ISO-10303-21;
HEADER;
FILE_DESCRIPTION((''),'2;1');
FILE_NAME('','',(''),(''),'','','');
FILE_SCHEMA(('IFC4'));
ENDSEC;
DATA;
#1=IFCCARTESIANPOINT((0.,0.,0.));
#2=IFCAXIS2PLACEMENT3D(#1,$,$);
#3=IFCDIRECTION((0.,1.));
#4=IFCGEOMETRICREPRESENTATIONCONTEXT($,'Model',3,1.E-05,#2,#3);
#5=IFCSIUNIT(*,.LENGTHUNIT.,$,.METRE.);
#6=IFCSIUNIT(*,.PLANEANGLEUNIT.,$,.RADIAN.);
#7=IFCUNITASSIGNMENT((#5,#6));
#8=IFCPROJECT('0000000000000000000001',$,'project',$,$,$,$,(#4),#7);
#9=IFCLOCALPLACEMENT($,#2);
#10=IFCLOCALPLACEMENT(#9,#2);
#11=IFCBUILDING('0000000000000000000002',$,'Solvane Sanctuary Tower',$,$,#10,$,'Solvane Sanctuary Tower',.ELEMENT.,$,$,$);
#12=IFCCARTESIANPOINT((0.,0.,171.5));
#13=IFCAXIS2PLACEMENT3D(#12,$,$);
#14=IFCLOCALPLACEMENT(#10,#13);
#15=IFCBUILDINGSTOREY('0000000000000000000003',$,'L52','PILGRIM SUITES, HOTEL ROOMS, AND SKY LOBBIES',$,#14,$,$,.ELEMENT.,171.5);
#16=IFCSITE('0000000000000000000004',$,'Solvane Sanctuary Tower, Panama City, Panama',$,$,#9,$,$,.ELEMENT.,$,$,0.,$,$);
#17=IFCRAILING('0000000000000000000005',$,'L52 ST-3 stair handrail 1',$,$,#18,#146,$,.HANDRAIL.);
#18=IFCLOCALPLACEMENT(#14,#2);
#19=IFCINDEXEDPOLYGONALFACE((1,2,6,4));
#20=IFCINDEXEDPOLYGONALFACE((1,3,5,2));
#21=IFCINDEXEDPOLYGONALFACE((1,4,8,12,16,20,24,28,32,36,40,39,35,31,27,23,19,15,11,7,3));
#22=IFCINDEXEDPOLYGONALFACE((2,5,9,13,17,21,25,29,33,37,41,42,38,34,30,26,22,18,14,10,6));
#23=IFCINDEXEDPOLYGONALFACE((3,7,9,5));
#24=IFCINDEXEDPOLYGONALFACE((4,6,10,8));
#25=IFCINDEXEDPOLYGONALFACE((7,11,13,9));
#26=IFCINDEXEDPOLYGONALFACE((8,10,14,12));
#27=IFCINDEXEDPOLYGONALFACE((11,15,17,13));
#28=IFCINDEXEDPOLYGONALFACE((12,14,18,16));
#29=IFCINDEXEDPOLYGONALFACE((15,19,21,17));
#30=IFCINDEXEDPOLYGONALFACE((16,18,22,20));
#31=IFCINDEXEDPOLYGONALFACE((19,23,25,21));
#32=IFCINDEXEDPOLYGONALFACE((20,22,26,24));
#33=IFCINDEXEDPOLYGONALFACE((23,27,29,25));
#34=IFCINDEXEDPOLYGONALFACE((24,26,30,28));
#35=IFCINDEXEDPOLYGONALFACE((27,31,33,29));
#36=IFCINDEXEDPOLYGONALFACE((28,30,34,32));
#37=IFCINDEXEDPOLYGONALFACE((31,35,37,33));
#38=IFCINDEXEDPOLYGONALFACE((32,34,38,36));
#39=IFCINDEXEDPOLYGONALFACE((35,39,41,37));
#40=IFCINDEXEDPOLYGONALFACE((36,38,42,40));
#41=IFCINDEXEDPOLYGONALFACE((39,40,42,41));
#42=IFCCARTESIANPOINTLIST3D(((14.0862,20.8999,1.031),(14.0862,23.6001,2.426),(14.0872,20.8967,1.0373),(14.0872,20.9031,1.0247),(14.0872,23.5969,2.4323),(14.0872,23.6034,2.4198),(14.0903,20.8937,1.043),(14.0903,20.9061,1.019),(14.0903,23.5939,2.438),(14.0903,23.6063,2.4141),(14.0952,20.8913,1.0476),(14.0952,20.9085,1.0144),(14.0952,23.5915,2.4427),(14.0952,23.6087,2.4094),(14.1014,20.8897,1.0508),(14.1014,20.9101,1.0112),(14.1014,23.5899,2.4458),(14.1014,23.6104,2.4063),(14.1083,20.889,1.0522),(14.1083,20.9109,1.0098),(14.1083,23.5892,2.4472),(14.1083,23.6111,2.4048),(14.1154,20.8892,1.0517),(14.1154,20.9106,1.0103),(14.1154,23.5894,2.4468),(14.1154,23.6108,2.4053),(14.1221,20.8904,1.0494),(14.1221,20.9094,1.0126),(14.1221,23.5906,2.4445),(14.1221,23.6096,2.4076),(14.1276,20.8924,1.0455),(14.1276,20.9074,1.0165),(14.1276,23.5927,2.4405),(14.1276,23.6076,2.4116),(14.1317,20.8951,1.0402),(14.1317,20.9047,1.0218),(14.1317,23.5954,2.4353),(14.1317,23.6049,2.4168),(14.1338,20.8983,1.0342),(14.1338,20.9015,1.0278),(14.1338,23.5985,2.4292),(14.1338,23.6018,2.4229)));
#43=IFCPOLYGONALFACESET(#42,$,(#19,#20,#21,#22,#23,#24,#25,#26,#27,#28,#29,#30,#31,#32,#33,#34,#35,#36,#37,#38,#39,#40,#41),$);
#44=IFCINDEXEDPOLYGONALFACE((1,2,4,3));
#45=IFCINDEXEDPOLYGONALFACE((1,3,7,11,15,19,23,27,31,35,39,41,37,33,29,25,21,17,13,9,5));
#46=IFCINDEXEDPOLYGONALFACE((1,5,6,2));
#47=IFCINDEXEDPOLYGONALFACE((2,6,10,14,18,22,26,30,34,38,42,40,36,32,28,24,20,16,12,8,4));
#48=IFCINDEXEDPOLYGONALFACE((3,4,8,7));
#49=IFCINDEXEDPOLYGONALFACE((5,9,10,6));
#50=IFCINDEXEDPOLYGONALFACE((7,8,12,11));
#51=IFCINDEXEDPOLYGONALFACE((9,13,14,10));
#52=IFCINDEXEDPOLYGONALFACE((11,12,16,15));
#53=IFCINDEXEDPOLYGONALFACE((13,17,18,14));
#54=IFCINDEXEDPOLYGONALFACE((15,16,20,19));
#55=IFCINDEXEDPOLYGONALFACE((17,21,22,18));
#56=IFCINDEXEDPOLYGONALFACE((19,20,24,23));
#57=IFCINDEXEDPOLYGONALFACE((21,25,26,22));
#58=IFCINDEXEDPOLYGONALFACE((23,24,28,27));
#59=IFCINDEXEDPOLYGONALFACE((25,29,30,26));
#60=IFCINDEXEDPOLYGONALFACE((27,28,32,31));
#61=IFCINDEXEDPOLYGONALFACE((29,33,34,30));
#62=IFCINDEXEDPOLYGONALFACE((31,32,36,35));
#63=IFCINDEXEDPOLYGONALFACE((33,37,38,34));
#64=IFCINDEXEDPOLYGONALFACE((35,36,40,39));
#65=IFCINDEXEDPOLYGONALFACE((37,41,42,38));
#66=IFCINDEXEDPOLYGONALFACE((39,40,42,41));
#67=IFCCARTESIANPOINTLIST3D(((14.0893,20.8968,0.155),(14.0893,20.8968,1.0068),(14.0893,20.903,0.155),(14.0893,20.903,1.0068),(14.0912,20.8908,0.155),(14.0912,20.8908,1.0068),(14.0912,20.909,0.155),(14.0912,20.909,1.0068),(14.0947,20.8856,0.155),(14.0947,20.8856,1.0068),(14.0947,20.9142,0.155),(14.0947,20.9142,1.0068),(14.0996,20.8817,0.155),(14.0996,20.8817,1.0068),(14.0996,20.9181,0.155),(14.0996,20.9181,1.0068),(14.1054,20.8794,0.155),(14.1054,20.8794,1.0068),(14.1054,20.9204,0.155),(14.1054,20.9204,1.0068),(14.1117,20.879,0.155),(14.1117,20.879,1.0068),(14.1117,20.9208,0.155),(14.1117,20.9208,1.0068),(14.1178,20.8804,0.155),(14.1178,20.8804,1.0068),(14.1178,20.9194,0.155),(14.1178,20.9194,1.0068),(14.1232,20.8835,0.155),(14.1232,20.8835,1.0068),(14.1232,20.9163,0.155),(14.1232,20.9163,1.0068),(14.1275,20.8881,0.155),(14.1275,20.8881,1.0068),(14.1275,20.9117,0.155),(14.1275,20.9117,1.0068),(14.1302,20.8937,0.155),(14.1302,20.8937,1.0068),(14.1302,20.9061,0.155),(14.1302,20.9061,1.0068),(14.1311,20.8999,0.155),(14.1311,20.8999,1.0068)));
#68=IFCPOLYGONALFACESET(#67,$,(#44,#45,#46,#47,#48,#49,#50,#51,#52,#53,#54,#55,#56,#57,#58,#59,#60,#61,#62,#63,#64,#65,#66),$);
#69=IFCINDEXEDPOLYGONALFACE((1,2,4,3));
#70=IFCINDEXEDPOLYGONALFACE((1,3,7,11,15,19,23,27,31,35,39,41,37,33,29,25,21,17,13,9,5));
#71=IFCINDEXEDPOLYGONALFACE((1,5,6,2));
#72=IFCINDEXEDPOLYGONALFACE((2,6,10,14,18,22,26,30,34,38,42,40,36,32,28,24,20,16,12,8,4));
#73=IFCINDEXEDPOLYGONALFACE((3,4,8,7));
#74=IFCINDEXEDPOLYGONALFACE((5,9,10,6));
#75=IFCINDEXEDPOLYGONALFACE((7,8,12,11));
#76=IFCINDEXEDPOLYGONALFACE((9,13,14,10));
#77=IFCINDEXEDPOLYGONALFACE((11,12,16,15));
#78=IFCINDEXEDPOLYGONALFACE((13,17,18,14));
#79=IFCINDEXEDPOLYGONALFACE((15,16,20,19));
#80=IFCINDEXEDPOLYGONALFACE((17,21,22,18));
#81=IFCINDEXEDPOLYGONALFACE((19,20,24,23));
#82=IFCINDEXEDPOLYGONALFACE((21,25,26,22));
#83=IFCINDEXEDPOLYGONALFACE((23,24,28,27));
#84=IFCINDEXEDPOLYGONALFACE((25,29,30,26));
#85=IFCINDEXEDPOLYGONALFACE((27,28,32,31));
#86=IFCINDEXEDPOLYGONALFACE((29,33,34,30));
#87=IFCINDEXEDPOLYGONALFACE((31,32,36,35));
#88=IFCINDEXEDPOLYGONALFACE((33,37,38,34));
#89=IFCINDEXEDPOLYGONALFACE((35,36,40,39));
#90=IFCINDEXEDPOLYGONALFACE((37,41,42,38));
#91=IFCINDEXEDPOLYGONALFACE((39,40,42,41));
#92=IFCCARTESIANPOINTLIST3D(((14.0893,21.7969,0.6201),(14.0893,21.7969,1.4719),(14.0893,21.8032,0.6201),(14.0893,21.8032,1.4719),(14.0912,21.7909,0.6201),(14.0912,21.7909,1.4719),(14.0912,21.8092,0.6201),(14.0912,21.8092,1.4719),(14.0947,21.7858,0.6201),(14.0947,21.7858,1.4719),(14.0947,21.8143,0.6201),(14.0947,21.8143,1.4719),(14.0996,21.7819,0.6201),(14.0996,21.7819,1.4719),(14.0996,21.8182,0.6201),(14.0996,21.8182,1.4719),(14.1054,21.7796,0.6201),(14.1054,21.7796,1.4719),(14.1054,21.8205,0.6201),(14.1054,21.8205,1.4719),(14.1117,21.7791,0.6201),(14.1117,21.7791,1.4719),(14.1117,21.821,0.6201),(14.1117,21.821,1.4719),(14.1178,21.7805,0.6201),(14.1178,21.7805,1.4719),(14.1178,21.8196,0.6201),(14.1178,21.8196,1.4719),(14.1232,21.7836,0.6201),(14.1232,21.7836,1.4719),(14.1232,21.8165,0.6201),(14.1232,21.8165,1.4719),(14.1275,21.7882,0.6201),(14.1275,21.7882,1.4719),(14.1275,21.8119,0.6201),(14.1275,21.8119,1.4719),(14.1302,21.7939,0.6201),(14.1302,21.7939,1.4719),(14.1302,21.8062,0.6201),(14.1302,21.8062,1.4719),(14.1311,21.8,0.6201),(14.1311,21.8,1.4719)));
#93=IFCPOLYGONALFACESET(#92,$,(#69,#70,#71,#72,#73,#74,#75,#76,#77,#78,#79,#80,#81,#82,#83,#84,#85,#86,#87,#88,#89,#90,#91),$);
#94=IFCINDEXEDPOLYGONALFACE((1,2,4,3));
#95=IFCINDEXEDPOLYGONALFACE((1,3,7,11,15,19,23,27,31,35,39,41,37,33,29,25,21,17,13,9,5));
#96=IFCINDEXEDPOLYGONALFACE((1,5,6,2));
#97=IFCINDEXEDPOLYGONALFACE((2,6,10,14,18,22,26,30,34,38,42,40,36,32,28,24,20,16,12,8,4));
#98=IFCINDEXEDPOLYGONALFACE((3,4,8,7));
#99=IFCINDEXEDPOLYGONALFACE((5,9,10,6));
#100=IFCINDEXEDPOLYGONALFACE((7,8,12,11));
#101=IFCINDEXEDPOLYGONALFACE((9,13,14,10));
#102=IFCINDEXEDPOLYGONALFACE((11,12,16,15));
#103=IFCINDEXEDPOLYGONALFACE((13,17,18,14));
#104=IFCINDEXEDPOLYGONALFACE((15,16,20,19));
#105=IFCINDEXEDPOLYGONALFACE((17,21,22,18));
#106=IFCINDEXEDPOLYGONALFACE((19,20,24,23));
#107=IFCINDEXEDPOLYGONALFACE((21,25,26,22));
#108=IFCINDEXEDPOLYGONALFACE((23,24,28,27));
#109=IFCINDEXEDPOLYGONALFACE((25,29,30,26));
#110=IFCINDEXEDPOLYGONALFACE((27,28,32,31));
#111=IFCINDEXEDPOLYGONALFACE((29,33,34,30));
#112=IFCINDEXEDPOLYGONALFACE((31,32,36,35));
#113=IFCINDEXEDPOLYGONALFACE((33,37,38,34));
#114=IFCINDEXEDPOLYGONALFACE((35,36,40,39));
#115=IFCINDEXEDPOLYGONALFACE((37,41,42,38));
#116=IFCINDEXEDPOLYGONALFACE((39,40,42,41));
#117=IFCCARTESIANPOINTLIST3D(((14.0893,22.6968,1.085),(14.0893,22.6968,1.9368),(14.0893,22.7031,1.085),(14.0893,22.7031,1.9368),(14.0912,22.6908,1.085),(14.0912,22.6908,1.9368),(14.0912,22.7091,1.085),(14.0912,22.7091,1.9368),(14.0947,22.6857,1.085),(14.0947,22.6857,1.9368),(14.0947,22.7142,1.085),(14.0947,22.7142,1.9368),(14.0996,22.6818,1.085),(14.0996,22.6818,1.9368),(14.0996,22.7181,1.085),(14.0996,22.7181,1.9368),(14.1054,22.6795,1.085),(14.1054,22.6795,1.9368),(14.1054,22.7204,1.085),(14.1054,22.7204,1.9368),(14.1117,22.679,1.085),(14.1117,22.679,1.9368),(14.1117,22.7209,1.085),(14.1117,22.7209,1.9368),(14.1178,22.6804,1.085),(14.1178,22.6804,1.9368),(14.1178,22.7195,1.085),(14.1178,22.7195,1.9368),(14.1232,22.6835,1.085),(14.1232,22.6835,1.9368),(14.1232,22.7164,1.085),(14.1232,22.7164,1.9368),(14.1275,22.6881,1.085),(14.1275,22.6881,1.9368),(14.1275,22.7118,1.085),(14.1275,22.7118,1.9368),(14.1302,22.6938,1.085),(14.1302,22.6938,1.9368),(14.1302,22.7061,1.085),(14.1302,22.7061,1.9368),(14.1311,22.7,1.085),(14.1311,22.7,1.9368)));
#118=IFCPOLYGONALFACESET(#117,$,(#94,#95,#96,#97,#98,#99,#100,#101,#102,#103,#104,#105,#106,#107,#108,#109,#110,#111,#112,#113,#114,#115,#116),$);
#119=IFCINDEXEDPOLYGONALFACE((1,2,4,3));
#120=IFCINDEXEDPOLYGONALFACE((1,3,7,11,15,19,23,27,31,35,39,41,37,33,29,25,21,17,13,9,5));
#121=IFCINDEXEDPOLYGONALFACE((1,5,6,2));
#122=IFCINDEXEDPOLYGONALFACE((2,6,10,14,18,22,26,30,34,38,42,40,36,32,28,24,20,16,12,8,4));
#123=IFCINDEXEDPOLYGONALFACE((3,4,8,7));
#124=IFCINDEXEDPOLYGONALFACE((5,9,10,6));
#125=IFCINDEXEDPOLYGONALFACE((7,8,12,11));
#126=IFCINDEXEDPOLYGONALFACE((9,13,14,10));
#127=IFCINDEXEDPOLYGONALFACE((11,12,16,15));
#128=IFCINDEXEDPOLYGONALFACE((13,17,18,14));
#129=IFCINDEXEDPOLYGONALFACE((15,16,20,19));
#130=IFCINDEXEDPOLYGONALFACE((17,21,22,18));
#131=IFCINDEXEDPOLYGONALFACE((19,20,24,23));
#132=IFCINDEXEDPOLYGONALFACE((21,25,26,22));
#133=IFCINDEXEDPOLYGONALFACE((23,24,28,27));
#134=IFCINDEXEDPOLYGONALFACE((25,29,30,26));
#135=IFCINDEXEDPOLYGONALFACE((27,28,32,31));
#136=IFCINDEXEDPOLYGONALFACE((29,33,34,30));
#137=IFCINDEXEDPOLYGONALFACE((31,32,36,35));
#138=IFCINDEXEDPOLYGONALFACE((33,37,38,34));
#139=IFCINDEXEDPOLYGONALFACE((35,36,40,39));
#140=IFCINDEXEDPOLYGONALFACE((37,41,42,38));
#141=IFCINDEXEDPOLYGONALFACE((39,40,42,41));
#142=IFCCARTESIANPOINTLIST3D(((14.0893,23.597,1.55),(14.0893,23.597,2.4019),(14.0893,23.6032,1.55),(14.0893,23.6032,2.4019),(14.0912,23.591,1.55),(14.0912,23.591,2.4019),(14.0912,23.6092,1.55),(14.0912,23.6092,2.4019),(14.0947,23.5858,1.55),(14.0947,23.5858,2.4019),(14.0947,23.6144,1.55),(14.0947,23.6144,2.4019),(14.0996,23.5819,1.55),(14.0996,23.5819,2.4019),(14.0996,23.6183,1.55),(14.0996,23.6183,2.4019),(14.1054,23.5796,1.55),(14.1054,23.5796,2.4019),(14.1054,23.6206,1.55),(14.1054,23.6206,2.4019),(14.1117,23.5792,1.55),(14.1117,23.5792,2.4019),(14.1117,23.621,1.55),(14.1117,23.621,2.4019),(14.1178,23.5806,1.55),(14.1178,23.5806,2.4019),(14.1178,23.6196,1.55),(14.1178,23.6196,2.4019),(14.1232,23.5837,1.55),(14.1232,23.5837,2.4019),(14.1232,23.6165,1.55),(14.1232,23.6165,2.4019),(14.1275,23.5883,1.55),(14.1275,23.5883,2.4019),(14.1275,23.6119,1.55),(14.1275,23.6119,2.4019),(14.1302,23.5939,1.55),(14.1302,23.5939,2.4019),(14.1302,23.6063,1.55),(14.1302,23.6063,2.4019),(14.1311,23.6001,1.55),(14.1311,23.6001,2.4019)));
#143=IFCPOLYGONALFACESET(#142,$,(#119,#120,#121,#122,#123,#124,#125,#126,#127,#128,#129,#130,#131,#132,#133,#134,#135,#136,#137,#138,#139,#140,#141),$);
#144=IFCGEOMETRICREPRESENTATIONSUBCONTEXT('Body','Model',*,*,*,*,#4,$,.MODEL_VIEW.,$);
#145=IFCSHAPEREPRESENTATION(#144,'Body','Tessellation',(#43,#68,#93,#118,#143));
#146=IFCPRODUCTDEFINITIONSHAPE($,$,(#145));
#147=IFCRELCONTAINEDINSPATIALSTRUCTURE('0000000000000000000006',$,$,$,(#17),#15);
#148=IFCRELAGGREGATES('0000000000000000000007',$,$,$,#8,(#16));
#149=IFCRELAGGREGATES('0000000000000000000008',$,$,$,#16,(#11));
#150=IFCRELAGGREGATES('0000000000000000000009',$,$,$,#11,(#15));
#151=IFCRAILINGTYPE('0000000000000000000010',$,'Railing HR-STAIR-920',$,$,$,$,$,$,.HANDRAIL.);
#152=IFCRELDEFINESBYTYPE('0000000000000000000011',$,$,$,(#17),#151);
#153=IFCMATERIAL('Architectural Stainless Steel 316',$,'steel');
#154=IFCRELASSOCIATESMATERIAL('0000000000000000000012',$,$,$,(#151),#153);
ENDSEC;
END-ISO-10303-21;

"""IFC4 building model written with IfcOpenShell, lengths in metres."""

from ifc_helpers import new_model, si_unit, direction, frame, origin, origin_2d, place, context, subcontext, project, spatial, circle, extrude, material, type_object, element, save


model = new_model("IFC4")

# Units and contexts
model_context = context("Model", 3, precision=1e-05, world=origin(), true_north=direction((0.0, 1.0)))
body_context = subcontext(model_context, "Body", "Model", "MODEL_VIEW")
ifc_project = project(units=[si_unit("LENGTHUNIT", "METRE"), si_unit("PLANEANGLEUNIT", "RADIAN")], contexts=[model_context])

# Site, building, storey
site_placement = place(None, origin())
site = spatial("IfcSite", under=ifc_project, at=site_placement, Name="Solvane Sanctuary Tower, Panama City, Panama", CompositionType="ELEMENT", RefElevation=0.0)
building_placement = place(site_placement, origin())
building = spatial("IfcBuilding", under=site, at=building_placement, Name="Solvane Sanctuary Tower", LongName="Solvane Sanctuary Tower", CompositionType="ELEMENT")
storey_placement = place(building_placement, frame((0.0, 0.0, 171.5)))
storey = spatial("IfcBuildingStorey", under=building, at=storey_placement, Name="L52", Description="PILGRIM SUITES, HOTEL ROOMS, AND SKY LOBBIES", CompositionType="ELEMENT", Elevation=171.5)

# Shared definitions
ifc_material_1 = material(Name="Architectural Stainless Steel 316", Category="steel")

# Railing
railing_type_1 = type_object("IfcRailingType", Name="Railing HR-STAIR-920", PredefinedType="HANDRAIL", material=ifc_material_1)
railing_1_placement = place(storey_placement, frame((14.1101, 20.8999, 0.155)))
element("IfcRailing", 1, at=railing_1_placement, inside=storey, type_object=railing_type_1, Name="L52 ST-3 stair handrail 1", PredefinedType="HANDRAIL", context=body_context, shape_type="SweptSolid", body=[
    extrude(circle(Radius=0.0239, at=origin_2d()), frame((0.0, 0.0, 0.876), z_axis=(0.0, 0.888437, 0.458999), x_axis=(-1.0, 0.0, 0.0)), (0.0, 0.0, 1.0), 3.0393),
    extrude(circle(Radius=0.021, at=origin_2d()), origin(), (0.0, 0.0, 1.0), 0.8518),
    extrude(circle(Radius=0.021, at=origin_2d()), frame((0.0, 0.9001, 0.4651)), (0.0, 0.0, 1.0), 0.8518),
    extrude(circle(Radius=0.021, at=origin_2d()), frame((0.0, 1.8, 0.9299)), (0.0, 0.0, 1.0), 0.8518),
    extrude(circle(Radius=0.021, at=origin_2d()), frame((0.0, 2.7002, 1.395)), (0.0, 0.0, 1.0), 0.8518),
])

save(model, "model.ifc")
